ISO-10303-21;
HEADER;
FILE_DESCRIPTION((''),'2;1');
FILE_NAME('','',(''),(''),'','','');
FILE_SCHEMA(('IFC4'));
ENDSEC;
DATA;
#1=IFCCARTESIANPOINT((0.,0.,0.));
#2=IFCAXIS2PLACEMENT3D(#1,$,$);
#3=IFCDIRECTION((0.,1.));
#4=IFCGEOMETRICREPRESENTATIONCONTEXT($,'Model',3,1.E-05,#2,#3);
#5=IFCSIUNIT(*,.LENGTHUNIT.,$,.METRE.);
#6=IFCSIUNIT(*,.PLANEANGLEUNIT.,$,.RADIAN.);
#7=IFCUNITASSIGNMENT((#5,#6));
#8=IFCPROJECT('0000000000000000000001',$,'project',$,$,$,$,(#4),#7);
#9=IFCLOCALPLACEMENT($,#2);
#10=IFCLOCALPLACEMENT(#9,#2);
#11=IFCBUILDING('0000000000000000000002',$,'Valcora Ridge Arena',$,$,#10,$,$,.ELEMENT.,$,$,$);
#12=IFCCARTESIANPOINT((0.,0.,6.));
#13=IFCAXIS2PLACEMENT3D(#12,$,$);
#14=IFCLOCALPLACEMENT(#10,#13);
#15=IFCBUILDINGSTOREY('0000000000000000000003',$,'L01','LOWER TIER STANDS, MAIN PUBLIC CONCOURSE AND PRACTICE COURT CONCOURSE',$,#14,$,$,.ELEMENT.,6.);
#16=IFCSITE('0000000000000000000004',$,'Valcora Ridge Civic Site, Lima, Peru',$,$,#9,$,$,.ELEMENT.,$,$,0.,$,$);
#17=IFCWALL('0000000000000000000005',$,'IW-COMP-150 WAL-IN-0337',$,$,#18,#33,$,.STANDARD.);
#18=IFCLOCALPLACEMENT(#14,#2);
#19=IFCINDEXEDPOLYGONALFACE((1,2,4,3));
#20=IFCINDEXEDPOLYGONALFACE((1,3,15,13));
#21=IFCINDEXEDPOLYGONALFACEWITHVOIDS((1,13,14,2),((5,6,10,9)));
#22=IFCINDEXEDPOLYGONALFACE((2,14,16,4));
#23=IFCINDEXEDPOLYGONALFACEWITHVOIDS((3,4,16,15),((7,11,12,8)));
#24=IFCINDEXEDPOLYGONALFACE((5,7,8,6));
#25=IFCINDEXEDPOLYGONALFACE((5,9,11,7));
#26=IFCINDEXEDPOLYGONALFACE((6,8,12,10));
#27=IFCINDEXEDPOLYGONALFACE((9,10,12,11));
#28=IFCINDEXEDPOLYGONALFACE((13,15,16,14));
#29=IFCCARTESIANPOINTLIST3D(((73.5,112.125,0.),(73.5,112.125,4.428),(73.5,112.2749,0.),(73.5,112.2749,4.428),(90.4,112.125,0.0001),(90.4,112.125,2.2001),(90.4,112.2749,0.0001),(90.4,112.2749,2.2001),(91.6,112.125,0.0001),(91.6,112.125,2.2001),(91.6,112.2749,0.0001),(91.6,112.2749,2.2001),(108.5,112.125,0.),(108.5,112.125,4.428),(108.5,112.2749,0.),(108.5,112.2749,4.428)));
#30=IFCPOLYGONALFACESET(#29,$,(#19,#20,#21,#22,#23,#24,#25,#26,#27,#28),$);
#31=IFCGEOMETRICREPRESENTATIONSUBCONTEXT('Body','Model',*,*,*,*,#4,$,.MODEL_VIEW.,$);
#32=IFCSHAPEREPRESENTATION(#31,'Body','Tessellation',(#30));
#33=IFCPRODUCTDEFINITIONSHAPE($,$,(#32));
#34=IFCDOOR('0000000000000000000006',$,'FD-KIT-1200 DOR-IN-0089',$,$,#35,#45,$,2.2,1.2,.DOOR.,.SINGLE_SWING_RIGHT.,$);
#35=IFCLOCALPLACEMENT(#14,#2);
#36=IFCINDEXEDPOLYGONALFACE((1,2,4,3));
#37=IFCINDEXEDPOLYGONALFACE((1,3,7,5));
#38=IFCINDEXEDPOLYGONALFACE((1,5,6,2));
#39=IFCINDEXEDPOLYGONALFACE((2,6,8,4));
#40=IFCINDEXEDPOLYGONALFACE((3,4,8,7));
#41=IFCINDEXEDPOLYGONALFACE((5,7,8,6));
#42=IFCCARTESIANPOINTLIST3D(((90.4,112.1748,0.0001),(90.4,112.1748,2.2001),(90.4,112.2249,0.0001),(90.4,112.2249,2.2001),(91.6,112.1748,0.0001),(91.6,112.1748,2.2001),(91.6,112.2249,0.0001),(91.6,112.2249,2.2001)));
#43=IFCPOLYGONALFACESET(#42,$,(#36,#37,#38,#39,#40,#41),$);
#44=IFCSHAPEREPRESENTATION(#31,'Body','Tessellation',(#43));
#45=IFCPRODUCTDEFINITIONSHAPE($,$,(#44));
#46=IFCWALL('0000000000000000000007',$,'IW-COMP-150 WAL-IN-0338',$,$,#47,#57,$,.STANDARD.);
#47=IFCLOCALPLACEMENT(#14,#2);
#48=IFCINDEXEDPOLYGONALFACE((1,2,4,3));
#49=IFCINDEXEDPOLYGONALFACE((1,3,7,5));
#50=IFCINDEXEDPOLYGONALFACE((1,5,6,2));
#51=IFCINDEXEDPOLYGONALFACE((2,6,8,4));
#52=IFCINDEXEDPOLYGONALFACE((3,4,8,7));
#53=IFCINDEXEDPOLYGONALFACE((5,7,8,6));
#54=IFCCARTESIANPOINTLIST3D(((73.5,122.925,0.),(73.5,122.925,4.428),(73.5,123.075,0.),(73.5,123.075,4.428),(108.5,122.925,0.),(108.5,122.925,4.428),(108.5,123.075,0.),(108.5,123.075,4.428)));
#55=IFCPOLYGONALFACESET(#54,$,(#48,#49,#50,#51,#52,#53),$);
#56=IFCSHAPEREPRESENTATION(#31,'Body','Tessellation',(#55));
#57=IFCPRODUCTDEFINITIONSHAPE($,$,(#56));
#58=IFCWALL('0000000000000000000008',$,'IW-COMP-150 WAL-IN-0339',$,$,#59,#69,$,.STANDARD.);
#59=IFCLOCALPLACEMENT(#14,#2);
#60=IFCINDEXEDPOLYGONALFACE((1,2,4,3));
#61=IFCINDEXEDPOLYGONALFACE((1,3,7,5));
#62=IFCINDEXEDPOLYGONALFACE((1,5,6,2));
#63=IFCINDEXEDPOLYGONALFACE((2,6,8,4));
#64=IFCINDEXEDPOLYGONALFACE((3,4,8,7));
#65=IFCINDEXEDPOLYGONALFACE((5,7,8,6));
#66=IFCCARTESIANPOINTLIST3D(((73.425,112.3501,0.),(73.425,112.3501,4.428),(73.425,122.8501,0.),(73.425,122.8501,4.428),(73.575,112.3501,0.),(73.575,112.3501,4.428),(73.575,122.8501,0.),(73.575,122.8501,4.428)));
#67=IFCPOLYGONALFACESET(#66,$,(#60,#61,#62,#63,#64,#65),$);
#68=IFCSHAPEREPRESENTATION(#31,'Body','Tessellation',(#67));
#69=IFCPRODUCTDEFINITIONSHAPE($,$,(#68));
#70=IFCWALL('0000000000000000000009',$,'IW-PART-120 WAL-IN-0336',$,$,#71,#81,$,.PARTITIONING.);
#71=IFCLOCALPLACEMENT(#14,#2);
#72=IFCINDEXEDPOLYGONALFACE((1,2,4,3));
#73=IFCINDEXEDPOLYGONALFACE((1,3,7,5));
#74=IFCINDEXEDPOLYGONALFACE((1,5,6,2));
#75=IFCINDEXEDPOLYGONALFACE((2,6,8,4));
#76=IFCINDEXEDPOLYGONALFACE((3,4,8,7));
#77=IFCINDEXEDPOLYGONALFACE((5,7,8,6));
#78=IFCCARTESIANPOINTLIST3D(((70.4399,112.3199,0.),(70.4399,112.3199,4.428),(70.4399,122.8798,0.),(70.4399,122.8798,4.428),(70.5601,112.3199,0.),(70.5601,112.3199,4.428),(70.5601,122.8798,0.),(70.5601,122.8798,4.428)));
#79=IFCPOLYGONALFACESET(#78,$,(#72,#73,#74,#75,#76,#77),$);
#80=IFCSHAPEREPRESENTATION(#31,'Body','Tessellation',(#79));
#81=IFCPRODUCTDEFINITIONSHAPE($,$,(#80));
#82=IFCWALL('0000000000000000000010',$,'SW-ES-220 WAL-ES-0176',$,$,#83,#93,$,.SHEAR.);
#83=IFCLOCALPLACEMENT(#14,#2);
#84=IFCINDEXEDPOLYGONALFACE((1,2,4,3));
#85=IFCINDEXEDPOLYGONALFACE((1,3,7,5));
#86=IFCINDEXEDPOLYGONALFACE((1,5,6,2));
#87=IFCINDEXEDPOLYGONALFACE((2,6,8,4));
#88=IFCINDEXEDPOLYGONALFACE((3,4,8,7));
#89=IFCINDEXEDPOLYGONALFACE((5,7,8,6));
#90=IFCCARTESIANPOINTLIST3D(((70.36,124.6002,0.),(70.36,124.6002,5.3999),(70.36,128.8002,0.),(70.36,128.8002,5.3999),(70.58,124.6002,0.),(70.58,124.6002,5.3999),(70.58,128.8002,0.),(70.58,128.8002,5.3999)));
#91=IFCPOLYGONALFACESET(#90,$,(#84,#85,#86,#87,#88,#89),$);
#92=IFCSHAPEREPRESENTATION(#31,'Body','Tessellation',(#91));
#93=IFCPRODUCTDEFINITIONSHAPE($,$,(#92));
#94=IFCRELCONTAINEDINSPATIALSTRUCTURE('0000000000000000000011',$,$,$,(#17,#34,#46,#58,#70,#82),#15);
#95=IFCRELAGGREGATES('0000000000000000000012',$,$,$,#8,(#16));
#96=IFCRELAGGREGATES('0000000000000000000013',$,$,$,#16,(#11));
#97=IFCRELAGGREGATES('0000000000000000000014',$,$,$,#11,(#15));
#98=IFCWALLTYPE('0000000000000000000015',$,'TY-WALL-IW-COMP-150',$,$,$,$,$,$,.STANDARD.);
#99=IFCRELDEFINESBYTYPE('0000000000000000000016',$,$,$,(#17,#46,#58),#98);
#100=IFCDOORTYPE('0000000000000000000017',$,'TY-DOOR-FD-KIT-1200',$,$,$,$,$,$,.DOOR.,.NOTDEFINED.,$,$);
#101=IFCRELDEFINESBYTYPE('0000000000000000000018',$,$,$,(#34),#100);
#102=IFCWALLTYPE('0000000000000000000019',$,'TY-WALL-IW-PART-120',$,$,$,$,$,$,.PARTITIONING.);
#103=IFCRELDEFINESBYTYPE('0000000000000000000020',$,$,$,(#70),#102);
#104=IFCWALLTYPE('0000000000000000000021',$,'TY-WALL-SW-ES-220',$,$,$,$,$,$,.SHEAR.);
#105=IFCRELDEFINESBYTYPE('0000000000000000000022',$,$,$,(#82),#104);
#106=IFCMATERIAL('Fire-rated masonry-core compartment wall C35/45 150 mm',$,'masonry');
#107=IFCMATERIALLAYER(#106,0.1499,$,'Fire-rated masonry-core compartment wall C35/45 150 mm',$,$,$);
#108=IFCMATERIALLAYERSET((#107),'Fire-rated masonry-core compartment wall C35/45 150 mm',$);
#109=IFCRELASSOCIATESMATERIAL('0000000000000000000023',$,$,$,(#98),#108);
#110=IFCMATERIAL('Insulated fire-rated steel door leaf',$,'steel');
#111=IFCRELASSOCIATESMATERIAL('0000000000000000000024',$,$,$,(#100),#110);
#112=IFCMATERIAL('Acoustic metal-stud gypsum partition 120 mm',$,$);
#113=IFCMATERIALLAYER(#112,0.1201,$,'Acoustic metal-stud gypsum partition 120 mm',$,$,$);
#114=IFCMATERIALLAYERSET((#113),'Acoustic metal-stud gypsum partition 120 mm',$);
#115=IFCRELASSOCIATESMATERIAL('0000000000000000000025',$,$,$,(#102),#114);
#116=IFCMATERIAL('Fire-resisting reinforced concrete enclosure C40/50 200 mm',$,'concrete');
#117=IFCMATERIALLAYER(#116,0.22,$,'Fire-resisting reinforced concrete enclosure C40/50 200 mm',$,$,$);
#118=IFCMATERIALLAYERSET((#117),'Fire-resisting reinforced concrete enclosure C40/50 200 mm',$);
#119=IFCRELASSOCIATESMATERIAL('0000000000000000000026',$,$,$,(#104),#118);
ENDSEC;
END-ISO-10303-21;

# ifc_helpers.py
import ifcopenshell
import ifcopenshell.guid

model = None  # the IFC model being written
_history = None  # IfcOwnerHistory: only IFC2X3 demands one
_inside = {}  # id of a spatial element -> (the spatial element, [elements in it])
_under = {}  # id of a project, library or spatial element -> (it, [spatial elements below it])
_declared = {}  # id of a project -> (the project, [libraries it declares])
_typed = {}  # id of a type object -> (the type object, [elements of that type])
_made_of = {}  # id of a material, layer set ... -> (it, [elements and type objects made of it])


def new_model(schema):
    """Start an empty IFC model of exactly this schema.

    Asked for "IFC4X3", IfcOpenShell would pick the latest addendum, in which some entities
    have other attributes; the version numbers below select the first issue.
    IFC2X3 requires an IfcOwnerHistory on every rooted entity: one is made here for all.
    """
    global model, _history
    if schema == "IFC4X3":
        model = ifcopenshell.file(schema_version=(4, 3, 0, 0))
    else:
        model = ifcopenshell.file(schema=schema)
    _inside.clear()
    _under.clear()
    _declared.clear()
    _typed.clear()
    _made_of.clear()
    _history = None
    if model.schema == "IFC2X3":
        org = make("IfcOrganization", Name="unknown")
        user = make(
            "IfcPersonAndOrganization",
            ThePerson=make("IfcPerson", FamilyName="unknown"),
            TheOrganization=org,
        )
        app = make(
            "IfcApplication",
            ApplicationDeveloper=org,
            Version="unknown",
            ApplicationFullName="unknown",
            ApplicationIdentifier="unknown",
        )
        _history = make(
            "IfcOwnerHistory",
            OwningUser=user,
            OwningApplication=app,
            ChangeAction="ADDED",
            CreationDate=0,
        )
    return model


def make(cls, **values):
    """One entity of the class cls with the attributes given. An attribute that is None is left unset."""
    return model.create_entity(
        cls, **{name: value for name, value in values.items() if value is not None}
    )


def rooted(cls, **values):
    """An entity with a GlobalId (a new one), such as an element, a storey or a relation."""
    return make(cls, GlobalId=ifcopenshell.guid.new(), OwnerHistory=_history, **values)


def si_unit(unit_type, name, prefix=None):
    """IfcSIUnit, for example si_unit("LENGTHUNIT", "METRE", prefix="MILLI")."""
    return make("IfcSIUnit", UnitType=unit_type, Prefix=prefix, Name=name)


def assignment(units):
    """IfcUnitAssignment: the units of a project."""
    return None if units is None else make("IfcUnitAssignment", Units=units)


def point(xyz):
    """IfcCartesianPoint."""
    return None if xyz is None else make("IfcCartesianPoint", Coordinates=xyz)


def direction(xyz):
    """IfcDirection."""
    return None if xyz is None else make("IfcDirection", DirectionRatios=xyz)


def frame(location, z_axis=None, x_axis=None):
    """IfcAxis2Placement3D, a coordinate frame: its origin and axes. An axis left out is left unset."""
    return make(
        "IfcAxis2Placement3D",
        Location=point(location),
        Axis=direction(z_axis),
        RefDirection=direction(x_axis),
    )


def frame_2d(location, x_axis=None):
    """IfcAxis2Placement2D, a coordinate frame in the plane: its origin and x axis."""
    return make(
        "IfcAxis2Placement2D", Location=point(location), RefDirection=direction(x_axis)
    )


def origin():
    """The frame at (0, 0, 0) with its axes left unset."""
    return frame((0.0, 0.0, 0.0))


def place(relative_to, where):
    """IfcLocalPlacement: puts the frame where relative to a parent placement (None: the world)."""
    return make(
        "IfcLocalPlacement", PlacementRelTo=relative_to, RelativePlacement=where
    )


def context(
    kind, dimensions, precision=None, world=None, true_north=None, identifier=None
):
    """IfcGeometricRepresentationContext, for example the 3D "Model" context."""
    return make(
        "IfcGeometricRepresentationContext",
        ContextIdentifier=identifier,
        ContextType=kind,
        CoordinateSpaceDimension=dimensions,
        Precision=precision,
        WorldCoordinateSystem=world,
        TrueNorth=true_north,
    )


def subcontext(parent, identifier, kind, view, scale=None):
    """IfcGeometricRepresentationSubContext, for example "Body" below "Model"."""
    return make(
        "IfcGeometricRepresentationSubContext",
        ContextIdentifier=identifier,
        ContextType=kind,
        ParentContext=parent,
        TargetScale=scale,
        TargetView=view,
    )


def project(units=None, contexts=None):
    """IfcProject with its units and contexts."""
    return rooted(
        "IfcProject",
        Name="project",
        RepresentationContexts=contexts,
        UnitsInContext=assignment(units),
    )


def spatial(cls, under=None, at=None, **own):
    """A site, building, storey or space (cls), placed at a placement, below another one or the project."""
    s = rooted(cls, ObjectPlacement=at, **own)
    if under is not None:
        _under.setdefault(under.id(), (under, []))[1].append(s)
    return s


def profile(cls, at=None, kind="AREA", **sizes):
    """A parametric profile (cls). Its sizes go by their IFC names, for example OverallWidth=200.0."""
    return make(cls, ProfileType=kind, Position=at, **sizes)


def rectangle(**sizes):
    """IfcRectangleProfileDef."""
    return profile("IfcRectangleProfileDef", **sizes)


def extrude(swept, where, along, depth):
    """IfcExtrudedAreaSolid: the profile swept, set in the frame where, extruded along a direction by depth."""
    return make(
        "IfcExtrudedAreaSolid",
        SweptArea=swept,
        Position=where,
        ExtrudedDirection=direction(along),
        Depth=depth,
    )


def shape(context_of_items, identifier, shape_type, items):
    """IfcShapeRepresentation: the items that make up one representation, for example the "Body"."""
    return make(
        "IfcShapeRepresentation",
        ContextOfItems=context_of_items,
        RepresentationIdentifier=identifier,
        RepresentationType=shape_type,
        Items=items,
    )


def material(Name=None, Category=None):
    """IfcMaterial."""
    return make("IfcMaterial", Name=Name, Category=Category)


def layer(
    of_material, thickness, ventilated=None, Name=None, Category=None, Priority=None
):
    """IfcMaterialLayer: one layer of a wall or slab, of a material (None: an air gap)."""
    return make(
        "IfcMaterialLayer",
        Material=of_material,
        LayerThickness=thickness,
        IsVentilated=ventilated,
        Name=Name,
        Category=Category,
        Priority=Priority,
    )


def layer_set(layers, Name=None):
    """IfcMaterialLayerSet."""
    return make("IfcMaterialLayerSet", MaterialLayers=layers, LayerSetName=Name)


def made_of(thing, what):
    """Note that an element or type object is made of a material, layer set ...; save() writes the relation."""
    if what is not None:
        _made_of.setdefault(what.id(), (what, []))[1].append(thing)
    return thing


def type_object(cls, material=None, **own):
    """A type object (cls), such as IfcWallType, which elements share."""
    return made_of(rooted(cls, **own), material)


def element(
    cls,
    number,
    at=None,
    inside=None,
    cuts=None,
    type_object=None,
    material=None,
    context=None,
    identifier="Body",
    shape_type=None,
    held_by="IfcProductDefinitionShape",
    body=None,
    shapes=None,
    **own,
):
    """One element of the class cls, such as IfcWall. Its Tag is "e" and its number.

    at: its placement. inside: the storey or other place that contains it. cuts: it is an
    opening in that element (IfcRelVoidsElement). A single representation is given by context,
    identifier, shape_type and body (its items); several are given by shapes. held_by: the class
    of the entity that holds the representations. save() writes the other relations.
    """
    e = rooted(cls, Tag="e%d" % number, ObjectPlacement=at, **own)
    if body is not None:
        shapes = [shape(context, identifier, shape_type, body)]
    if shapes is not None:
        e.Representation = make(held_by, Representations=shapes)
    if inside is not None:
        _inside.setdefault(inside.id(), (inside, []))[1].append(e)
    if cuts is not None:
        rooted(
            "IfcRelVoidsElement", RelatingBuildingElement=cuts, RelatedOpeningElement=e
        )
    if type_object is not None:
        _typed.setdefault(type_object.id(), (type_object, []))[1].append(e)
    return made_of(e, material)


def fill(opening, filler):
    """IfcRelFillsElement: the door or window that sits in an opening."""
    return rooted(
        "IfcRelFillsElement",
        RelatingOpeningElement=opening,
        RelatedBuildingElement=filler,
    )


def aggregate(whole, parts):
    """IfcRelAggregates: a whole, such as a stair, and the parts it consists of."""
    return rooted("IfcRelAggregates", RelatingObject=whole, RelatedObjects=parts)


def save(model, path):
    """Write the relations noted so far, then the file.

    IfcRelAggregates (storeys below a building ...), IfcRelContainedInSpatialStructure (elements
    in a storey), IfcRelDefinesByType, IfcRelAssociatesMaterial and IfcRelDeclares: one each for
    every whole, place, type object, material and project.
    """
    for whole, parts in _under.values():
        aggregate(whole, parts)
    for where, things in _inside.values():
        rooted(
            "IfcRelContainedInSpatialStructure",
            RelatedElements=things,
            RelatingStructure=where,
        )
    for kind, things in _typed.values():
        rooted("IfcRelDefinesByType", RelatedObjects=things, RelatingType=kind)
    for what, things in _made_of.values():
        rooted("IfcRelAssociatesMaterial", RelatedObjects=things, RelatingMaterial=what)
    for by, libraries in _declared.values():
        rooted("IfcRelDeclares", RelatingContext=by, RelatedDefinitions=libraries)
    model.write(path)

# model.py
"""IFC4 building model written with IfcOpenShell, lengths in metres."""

from ifc_helpers import new_model, si_unit, direction, frame, frame_2d, origin, place, context, subcontext, project, spatial, rectangle, extrude, material, layer, layer_set, type_object, element, fill, save


model = new_model("IFC4")

# Units and contexts
model_context = context("Model", 3, precision=1e-05, world=origin(), true_north=direction((0.0, 1.0)))
body_context = subcontext(model_context, "Body", "Model", "MODEL_VIEW")
ifc_project = project(units=[si_unit("LENGTHUNIT", "METRE"), si_unit("PLANEANGLEUNIT", "RADIAN")], contexts=[model_context])

# Site, building, storey
site_placement = place(None, origin())
site = spatial("IfcSite", under=ifc_project, at=site_placement, Name="Valcora Ridge Civic Site, Lima, Peru", CompositionType="ELEMENT", RefElevation=0.0)
building_placement = place(site_placement, origin())
building = spatial("IfcBuilding", under=site, at=building_placement, Name="Valcora Ridge Arena", CompositionType="ELEMENT")
storey_placement = place(building_placement, frame((0.0, 0.0, 6.0)))
storey = spatial("IfcBuildingStorey", under=building, at=storey_placement, Name="L01", Description="LOWER TIER STANDS, MAIN PUBLIC CONCOURSE AND PRACTICE COURT CONCOURSE", CompositionType="ELEMENT", Elevation=6.0)

# Wall, opening, door
ifc_material_1 = material(Name="Fire-rated masonry-core compartment wall C35/45 150 mm", Category="masonry")
ifc_layer_1 = layer(ifc_material_1, 0.1499, Name="Fire-rated masonry-core compartment wall C35/45 150 mm")
ifc_layer_set_1 = layer_set([ifc_layer_1], Name="Fire-rated masonry-core compartment wall C35/45 150 mm")
wall_type_1 = type_object("IfcWallType", Name="TY-WALL-IW-COMP-150", PredefinedType="STANDARD", material=ifc_layer_set_1)
wall_1_placement = place(storey_placement, frame((73.5, 112.2, 0.0), z_axis=(0.0, 0.0, 1.0), x_axis=(1.0, 0.0, 0.0)))
wall_1 = element("IfcWall", 1, at=wall_1_placement, inside=storey, type_object=wall_type_1, Name="IW-COMP-150 WAL-IN-0337", PredefinedType="STANDARD", context=body_context, shape_type="SweptSolid", body=[
    extrude(rectangle(XDim=35.0, YDim=0.1499, at=frame_2d((17.5, 0.0))), origin(), (0.0, 0.0, 1.0), 4.428),
])
opening_1_placement = place(wall_1_placement, frame((16.8999, 0.0, 0.0)))
opening_1 = element("IfcOpeningElement", 2, at=opening_1_placement, cuts=wall_1, PredefinedType="OPENING", context=body_context, shape_type="SweptSolid", body=[
    extrude(rectangle(XDim=1.2, YDim=2.2, at=frame_2d((0.6001, 1.1001))), frame((0.0, 0.085, 0.0), z_axis=(0.0, -1.0, 0.0), x_axis=(1.0, 0.0, 0.0)), (0.0, 0.0, 1.0), 0.1699),
])
ifc_material_2 = material(Name="Insulated fire-rated steel door leaf", Category="steel")
door_type = type_object("IfcDoorType", Name="TY-DOOR-FD-KIT-1200", OperationType="NOTDEFINED", PredefinedType="DOOR", material=ifc_material_2)
door_placement = place(opening_1_placement, origin())
door = element("IfcDoor", 3, at=door_placement, inside=storey, type_object=door_type, Name="FD-KIT-1200 DOR-IN-0089", OperationType="SINGLE_SWING_RIGHT", OverallHeight=2.2, OverallWidth=1.2, PredefinedType="DOOR", context=body_context, shape_type="SweptSolid", body=[
    extrude(rectangle(XDim=1.2, YDim=2.2, at=frame_2d((0.6001, 1.1001))), frame((0.0, 0.0249, 0.0), z_axis=(0.0, -1.0, 0.0), x_axis=(1.0, 0.0, 0.0)), (0.0, 0.0, 1.0), 0.05),
])
fill(opening_1, door)

# Walls
wall_2_placement = place(storey_placement, frame((73.5, 123.0, 0.0), z_axis=(0.0, 0.0, 1.0), x_axis=(1.0, 0.0, 0.0)))
element("IfcWall", 4, at=wall_2_placement, inside=storey, type_object=wall_type_1, Name="IW-COMP-150 WAL-IN-0338", PredefinedType="STANDARD", context=body_context, shape_type="SweptSolid", body=[
    extrude(rectangle(XDim=35.0, YDim=0.1499, at=frame_2d((17.5, 0.0))), origin(), (0.0, 0.0, 1.0), 4.428),
])
wall_3_placement = place(storey_placement, frame((73.5, 112.3501, 0.0), z_axis=(0.0, 0.0, 1.0), x_axis=(0.0, 1.0, 0.0)))
element("IfcWall", 5, at=wall_3_placement, inside=storey, type_object=wall_type_1, Name="IW-COMP-150 WAL-IN-0339", PredefinedType="STANDARD", context=body_context, shape_type="SweptSolid", body=[
    extrude(rectangle(XDim=10.5, YDim=0.1499, at=frame_2d((5.25, 0.0))), origin(), (0.0, 0.0, 1.0), 4.428),
])
ifc_material_3 = material(Name="Acoustic metal-stud gypsum partition 120 mm")
ifc_layer_2 = layer(ifc_material_3, 0.1201, Name="Acoustic metal-stud gypsum partition 120 mm")
ifc_layer_set_2 = layer_set([ifc_layer_2], Name="Acoustic metal-stud gypsum partition 120 mm")
wall_type_2 = type_object("IfcWallType", Name="TY-WALL-IW-PART-120", PredefinedType="PARTITIONING", material=ifc_layer_set_2)
wall_4_placement = place(storey_placement, frame((70.5, 112.3201, 0.0), z_axis=(0.0, 0.0, 1.0), x_axis=(0.0, 1.0, 0.0)))
element("IfcWall", 6, at=wall_4_placement, inside=storey, type_object=wall_type_2, Name="IW-PART-120 WAL-IN-0336", PredefinedType="PARTITIONING", context=body_context, shape_type="SweptSolid", body=[
    extrude(rectangle(XDim=10.5598, YDim=0.1201, at=frame_2d((5.2798, 0.0))), origin(), (0.0, 0.0, 1.0), 4.428),
])
ifc_material_4 = material(Name="Fire-resisting reinforced concrete enclosure C40/50 200 mm", Category="concrete")
ifc_layer_3 = layer(ifc_material_4, 0.22, Name="Fire-resisting reinforced concrete enclosure C40/50 200 mm")
ifc_layer_set_3 = layer_set([ifc_layer_3], Name="Fire-resisting reinforced concrete enclosure C40/50 200 mm")
wall_type_3 = type_object("IfcWallType", Name="TY-WALL-SW-ES-220", PredefinedType="SHEAR", material=ifc_layer_set_3)
wall_5_placement = place(storey_placement, frame((70.47, 124.6001, 0.0), z_axis=(0.0, 0.0, 1.0), x_axis=(0.0, 1.0, 0.0)))
element("IfcWall", 7, at=wall_5_placement, inside=storey, type_object=wall_type_3, Name="SW-ES-220 WAL-ES-0176", PredefinedType="SHEAR", context=body_context, shape_type="SweptSolid", body=[
    extrude(rectangle(XDim=4.2, YDim=0.22, at=frame_2d((2.1001, 0.0))), origin(), (0.0, 0.0, 1.0), 5.3999),
])

save(model, "model.ifc")
